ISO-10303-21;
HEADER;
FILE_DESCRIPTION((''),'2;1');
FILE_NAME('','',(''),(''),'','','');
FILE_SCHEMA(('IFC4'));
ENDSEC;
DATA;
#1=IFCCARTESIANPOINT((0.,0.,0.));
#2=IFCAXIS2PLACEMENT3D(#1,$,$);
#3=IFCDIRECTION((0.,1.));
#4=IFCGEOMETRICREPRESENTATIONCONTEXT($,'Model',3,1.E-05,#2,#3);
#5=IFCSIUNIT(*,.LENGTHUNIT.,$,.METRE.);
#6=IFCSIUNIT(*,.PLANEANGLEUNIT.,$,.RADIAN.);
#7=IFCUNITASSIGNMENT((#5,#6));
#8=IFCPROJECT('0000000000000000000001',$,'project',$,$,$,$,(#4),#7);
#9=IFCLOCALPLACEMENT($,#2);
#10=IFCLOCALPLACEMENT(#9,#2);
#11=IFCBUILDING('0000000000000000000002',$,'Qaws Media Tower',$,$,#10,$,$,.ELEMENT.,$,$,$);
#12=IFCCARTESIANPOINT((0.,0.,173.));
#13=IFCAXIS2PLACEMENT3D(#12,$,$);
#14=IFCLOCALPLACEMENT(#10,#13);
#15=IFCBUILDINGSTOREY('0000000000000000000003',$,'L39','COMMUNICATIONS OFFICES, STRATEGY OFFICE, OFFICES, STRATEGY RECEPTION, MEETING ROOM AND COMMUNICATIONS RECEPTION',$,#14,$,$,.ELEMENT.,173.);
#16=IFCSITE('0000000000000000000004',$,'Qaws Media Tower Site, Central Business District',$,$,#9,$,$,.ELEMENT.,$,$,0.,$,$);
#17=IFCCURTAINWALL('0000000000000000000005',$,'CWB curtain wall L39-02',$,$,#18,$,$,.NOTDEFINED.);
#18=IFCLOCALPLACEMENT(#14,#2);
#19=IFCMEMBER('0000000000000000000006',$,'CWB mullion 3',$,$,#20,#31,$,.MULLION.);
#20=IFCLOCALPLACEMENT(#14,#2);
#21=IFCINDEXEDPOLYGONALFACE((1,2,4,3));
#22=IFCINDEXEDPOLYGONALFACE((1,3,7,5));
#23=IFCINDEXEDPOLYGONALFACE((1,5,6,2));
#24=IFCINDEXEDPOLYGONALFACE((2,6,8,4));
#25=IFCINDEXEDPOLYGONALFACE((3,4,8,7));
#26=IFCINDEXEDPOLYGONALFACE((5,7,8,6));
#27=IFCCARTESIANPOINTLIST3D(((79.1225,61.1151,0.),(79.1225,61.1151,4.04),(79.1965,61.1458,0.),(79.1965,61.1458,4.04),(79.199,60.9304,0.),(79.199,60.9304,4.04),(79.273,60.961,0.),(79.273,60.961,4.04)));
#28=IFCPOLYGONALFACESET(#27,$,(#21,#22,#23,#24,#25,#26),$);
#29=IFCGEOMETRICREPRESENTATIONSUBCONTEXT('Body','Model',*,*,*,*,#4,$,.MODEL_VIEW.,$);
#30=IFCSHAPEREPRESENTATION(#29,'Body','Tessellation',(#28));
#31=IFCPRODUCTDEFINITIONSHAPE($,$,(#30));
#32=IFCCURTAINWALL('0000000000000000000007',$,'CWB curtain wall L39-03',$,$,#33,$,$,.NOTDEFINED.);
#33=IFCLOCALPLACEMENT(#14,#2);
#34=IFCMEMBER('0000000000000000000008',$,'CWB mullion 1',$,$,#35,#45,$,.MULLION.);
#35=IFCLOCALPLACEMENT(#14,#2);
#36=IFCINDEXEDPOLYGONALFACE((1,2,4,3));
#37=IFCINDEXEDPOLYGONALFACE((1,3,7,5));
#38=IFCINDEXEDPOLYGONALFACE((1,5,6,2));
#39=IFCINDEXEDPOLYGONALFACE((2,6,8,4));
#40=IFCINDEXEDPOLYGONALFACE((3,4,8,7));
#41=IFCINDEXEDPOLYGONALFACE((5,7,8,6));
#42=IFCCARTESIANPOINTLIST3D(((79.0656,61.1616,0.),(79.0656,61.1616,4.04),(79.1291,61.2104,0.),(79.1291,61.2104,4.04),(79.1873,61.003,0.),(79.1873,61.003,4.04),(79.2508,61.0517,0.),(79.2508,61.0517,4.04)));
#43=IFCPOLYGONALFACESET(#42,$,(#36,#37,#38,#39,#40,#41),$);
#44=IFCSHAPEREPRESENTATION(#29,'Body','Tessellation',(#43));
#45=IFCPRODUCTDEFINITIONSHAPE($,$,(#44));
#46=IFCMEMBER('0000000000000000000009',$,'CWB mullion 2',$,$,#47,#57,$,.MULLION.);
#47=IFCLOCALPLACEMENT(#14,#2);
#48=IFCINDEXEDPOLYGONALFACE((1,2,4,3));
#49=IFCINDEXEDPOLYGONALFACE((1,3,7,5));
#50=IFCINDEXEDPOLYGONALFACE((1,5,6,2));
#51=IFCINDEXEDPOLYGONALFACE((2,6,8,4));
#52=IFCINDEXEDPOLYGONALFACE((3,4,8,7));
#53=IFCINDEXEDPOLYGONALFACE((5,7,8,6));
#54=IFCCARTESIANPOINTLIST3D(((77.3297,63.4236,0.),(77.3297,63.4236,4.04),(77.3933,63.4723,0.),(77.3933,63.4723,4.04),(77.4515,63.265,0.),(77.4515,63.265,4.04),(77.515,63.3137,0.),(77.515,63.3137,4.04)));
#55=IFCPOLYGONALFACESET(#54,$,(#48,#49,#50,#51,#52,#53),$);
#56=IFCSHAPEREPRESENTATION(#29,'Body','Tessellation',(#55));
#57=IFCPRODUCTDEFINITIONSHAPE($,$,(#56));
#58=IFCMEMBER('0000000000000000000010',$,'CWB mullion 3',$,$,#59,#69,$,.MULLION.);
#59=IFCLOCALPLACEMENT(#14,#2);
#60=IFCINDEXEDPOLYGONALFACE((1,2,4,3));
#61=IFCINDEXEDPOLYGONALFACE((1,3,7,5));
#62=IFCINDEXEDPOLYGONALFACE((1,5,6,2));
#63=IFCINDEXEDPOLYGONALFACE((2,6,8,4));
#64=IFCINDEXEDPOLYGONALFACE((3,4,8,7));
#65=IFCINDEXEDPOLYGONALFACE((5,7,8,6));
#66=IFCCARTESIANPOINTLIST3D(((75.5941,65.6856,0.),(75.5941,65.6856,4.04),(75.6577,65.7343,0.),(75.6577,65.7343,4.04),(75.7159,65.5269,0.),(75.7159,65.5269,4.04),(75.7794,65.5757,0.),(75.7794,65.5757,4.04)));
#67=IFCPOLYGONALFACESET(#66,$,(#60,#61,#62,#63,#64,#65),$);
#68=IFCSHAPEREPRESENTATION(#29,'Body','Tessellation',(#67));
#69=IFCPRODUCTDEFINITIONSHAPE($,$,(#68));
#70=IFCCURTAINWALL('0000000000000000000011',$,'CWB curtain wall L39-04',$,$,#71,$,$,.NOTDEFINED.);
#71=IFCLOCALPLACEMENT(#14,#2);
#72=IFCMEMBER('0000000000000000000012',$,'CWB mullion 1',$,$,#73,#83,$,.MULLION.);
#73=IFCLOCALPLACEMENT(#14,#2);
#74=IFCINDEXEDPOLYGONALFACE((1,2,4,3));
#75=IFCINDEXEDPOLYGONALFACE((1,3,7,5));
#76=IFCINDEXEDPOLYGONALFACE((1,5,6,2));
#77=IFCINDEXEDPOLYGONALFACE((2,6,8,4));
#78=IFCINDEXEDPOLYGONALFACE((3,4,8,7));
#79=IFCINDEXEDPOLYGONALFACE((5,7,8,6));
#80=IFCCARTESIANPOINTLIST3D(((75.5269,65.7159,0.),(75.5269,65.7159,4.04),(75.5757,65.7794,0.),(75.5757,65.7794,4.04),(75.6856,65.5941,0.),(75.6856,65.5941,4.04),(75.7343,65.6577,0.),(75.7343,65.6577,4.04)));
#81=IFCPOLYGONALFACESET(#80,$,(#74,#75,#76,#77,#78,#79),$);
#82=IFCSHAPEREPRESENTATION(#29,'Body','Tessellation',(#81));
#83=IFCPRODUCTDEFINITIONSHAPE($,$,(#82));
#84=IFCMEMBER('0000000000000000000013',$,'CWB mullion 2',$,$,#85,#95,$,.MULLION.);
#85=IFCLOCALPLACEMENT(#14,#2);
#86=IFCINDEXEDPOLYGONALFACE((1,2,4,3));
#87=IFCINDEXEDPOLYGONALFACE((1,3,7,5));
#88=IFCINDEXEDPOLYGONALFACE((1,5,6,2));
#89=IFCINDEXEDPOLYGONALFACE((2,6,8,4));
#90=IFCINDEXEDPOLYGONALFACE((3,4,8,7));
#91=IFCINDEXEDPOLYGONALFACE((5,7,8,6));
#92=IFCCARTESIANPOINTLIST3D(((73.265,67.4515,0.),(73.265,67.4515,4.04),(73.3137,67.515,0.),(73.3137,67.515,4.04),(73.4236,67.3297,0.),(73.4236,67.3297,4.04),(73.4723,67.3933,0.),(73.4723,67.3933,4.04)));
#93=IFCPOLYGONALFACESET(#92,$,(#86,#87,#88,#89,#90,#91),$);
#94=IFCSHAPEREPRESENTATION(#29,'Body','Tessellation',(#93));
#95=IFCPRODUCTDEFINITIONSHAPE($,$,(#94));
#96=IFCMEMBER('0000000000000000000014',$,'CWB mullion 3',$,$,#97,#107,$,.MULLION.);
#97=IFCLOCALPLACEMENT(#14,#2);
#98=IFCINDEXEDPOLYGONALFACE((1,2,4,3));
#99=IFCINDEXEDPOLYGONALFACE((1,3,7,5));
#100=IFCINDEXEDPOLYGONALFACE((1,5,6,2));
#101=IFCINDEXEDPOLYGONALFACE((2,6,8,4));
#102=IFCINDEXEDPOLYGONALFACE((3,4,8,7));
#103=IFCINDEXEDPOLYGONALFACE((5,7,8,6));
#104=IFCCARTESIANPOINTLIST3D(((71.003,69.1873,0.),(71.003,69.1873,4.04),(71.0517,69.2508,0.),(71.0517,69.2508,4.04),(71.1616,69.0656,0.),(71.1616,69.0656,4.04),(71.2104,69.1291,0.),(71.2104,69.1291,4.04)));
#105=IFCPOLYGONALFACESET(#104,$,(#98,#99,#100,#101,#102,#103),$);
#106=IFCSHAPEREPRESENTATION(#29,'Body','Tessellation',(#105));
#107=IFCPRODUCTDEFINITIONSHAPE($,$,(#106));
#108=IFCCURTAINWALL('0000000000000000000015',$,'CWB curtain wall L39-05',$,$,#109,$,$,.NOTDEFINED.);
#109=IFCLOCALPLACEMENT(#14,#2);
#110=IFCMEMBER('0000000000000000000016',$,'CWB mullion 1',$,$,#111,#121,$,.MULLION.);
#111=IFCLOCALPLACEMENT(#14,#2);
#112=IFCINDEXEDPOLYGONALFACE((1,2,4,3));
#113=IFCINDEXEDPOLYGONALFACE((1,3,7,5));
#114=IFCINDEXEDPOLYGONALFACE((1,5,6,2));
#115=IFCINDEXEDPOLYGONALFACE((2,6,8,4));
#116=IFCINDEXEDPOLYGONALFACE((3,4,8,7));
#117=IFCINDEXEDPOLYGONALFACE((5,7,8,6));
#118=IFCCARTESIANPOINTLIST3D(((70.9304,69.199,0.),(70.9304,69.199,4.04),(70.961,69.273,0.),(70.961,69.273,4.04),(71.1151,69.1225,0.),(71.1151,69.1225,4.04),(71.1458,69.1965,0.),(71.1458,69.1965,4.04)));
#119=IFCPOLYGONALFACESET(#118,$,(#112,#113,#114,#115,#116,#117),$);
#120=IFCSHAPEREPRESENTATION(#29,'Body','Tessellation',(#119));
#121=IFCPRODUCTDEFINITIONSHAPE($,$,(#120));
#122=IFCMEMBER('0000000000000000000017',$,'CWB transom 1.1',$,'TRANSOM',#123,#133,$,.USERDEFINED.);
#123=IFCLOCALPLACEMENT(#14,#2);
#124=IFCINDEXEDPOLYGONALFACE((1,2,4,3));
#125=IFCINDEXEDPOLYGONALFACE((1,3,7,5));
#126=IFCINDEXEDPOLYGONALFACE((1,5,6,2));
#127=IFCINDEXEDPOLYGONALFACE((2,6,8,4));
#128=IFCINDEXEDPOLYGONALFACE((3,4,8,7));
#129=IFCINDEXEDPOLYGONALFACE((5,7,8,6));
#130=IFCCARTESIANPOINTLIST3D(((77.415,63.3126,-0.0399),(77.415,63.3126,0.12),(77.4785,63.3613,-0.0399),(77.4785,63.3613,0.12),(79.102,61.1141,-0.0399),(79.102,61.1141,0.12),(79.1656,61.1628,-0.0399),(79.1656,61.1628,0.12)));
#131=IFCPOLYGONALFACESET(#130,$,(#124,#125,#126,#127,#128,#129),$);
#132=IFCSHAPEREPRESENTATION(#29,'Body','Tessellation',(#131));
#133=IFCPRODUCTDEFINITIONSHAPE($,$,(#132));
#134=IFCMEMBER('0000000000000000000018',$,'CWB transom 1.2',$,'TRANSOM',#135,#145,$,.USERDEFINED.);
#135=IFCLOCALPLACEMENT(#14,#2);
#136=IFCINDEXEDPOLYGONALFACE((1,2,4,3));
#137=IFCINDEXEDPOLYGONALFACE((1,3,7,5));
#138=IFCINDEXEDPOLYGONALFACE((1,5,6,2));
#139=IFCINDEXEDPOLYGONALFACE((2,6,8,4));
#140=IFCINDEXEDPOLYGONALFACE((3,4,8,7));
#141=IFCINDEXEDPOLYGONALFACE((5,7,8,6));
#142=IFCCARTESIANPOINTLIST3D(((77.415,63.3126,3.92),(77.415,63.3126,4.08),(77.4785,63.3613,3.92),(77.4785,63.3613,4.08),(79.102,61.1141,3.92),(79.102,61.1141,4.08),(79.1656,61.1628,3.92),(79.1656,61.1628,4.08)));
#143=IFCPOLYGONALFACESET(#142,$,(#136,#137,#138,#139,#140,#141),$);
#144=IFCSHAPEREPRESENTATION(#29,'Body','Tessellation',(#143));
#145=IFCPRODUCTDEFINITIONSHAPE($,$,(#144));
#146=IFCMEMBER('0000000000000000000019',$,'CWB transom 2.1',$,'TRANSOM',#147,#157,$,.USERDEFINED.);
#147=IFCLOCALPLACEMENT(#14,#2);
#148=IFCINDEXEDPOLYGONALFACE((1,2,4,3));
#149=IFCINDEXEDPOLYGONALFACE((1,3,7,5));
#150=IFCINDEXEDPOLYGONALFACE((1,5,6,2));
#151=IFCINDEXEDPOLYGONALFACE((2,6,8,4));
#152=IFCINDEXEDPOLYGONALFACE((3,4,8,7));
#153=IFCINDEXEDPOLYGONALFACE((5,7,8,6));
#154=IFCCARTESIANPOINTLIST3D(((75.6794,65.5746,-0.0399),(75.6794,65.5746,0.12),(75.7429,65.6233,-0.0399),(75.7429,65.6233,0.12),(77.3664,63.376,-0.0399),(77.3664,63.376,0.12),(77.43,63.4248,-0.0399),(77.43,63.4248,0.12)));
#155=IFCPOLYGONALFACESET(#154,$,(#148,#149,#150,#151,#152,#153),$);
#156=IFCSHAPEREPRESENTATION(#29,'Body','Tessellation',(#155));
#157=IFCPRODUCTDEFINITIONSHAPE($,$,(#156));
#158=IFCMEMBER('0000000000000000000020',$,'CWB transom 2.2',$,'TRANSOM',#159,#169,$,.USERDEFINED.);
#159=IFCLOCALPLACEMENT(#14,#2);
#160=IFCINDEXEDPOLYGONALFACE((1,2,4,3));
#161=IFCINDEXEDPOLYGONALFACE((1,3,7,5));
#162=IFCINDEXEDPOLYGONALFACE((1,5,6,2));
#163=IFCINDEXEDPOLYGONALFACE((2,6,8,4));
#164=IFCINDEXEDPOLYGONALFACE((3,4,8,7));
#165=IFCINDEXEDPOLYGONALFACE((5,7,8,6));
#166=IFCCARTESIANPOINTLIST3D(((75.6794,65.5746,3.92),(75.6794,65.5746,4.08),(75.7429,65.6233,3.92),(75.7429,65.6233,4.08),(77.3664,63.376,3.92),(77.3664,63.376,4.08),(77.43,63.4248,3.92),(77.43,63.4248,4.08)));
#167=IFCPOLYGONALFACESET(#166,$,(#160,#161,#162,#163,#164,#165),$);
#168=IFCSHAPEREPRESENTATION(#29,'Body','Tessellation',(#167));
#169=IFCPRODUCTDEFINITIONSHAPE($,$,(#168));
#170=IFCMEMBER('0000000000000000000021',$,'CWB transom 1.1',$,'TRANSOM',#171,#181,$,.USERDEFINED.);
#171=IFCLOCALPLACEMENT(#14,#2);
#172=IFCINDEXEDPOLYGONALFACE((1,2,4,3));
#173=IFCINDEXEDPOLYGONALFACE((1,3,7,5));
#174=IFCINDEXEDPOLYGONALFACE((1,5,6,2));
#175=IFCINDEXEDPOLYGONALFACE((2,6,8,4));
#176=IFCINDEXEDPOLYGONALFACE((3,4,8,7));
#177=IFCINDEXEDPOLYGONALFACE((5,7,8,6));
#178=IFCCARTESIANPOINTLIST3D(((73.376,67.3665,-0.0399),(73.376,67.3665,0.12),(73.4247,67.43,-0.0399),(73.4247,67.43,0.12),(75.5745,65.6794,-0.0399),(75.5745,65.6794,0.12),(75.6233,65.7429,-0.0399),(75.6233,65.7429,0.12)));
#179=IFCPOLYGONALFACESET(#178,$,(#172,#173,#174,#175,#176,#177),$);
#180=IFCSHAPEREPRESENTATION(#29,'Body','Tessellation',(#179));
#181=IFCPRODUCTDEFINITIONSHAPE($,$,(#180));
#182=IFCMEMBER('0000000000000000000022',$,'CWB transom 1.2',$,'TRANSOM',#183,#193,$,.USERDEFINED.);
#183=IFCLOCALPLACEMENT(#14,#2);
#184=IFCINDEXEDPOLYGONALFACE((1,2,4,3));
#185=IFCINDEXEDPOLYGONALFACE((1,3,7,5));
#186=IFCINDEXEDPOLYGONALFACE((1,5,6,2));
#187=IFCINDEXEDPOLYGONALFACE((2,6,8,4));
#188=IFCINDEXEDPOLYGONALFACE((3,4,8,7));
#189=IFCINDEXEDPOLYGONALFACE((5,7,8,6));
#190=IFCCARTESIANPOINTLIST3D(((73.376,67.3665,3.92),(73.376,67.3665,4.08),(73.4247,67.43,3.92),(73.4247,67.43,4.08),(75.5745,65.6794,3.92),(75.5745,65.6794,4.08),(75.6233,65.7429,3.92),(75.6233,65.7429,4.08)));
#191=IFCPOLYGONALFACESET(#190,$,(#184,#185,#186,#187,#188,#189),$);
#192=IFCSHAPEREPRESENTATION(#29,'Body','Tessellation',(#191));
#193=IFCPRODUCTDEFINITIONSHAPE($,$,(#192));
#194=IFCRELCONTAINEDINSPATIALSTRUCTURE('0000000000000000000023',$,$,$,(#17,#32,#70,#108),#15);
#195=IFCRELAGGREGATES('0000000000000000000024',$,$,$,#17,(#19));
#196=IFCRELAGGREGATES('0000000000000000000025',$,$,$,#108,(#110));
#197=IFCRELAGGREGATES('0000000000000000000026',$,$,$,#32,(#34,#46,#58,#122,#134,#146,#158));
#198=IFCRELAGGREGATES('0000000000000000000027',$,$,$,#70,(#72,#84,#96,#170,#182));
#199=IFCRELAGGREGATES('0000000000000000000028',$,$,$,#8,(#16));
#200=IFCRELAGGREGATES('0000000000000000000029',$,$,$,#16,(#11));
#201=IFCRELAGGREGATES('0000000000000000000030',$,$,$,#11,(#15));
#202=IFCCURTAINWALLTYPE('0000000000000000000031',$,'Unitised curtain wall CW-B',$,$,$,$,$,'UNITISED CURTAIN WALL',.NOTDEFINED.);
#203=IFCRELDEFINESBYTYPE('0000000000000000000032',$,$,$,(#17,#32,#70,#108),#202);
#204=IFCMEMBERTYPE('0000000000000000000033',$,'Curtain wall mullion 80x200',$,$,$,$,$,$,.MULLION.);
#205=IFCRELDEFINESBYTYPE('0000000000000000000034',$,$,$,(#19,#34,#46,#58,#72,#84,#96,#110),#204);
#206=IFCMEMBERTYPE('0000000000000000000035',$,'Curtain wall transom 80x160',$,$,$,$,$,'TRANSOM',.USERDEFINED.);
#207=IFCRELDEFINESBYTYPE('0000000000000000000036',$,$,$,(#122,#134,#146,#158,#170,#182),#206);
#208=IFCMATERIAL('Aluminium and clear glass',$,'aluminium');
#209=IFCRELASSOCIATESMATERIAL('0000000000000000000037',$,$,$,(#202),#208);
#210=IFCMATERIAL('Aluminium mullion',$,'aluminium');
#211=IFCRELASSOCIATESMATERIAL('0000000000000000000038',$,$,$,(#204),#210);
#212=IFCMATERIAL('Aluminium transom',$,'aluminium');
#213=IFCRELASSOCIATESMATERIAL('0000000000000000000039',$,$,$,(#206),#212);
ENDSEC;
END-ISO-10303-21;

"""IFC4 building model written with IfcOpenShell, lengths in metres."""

from ifc_helpers import new_model, si_unit, direction, frame, origin, origin_2d, place, context, subcontext, project, spatial, rectangle, extrude, material, material_profile, profile_set, type_object, element, aggregate, save


model = new_model("IFC4")

# Units and contexts
model_context = context("Model", 3, precision=1e-05, world=origin(), true_north=direction((0.0, 1.0)))
body_context = subcontext(model_context, "Body", "Model", "MODEL_VIEW")
ifc_project = project(units=[si_unit("LENGTHUNIT", "METRE"), si_unit("PLANEANGLEUNIT", "RADIAN")], contexts=[model_context])

# Site, building, storey
site_placement = place(None, origin())
site = spatial("IfcSite", under=ifc_project, at=site_placement, Name="Qaws Media Tower Site, Central Business District", CompositionType="ELEMENT", RefElevation=0.0)
building_placement = place(site_placement, origin())
building = spatial("IfcBuilding", under=site, at=building_placement, Name="Qaws Media Tower", CompositionType="ELEMENT")
storey_placement = place(building_placement, frame((0.0, 0.0, 173.0)))
storey = spatial("IfcBuildingStorey", under=building, at=storey_placement, Name="L39", Description="COMMUNICATIONS OFFICES, STRATEGY OFFICE, OFFICES, STRATEGY RECEPTION, MEETING ROOM AND COMMUNICATIONS RECEPTION", CompositionType="ELEMENT", Elevation=173.0)

# Curtain wall, member
ifc_material_1 = material(Name="Aluminium and clear glass", Category="aluminium")
curtain_wall_type = type_object("IfcCurtainWallType", Name="Unitised curtain wall CW-B", ElementType="UNITISED CURTAIN WALL", PredefinedType="NOTDEFINED", material=ifc_material_1)
curtain_wall_1_placement = place(storey_placement, origin())
curtain_wall_1 = element("IfcCurtainWall", 1, at=curtain_wall_1_placement, inside=storey, type_object=curtain_wall_type, Name="CWB curtain wall L39-02", PredefinedType="NOTDEFINED")
ifc_material_2 = material(Name="Aluminium mullion", Category="aluminium")
ifc_material_profile_1 = material_profile(ifc_material_2, rectangle(XDim=0.0801, YDim=0.2, at=origin_2d()), Name="80x200")
ifc_profile_set_1 = profile_set([ifc_material_profile_1], Name="Aluminium mullion")
member_type_1 = type_object("IfcMemberType", Name="Curtain wall mullion 80x200", PredefinedType="MULLION", material=ifc_profile_set_1)
member_1_placement = place(storey_placement, frame((79.1978, 61.0381, 0.0), z_axis=(0.0, 0.0, 1.0), x_axis=(-0.92388, -0.382683, 0.0)))
member_1 = element("IfcMember", 2, at=member_1_placement, type_object=member_type_1, Name="CWB mullion 3", PredefinedType="MULLION", context=body_context, shape_type="SweptSolid", body=[
    extrude(rectangle(XDim=0.0801, YDim=0.2, at=origin_2d()), origin(), (0.0, 0.0, 1.0), 4.04),
])
aggregate(curtain_wall_1, [member_1])

# Curtain walls, members
curtain_wall_2_placement = place(storey_placement, origin())
curtain_wall_2 = element("IfcCurtainWall", 3, at=curtain_wall_2_placement, inside=storey, type_object=curtain_wall_type, Name="CWB curtain wall L39-03", PredefinedType="NOTDEFINED")
member_2_placement = place(storey_placement, frame((79.1582, 61.1067, 0.0), z_axis=(0.0, 0.0, 1.0), x_axis=(-0.793353, -0.608762, 0.0)))
member_2 = element("IfcMember", 4, at=member_2_placement, type_object=member_type_1, Name="CWB mullion 1", PredefinedType="MULLION", context=body_context, shape_type="SweptSolid", body=[
    extrude(rectangle(XDim=0.0801, YDim=0.2, at=origin_2d()), origin(), (0.0, 0.0, 1.0), 4.04),
])
member_3_placement = place(storey_placement, frame((77.4224, 63.3687, 0.0), z_axis=(0.0, 0.0, 1.0), x_axis=(-0.793353, -0.608762, 0.0)))
member_3 = element("IfcMember", 5, at=member_3_placement, type_object=member_type_1, Name="CWB mullion 2", PredefinedType="MULLION", context=body_context, shape_type="SweptSolid", body=[
    extrude(rectangle(XDim=0.0801, YDim=0.2, at=origin_2d()), origin(), (0.0, 0.0, 1.0), 4.04),
])
member_4_placement = place(storey_placement, frame((75.6868, 65.6306, 0.0), z_axis=(0.0, 0.0, 1.0), x_axis=(-0.793353, -0.608762, 0.0)))
member_4 = element("IfcMember", 6, at=member_4_placement, type_object=member_type_1, Name="CWB mullion 3", PredefinedType="MULLION", context=body_context, shape_type="SweptSolid", body=[
    extrude(rectangle(XDim=0.0801, YDim=0.2, at=origin_2d()), origin(), (0.0, 0.0, 1.0), 4.04),
])
curtain_wall_3_placement = place(storey_placement, origin())
curtain_wall_3 = element("IfcCurtainWall", 7, at=curtain_wall_3_placement, inside=storey, type_object=curtain_wall_type, Name="CWB curtain wall L39-04", PredefinedType="NOTDEFINED")
member_5_placement = place(storey_placement, frame((75.6306, 65.6868, 0.0), z_axis=(0.0, 0.0, 1.0), x_axis=(-0.608762, -0.793353, 0.0)))
member_5 = element("IfcMember", 8, at=member_5_placement, type_object=member_type_1, Name="CWB mullion 1", PredefinedType="MULLION", context=body_context, shape_type="SweptSolid", body=[
    extrude(rectangle(XDim=0.0801, YDim=0.2, at=origin_2d()), origin(), (0.0, 0.0, 1.0), 4.04),
])
member_6_placement = place(storey_placement, frame((73.3687, 67.4224, 0.0), z_axis=(0.0, 0.0, 1.0), x_axis=(-0.608762, -0.793353, 0.0)))
member_6 = element("IfcMember", 9, at=member_6_placement, type_object=member_type_1, Name="CWB mullion 2", PredefinedType="MULLION", context=body_context, shape_type="SweptSolid", body=[
    extrude(rectangle(XDim=0.0801, YDim=0.2, at=origin_2d()), origin(), (0.0, 0.0, 1.0), 4.04),
])
member_7_placement = place(storey_placement, frame((71.1067, 69.1582, 0.0), z_axis=(0.0, 0.0, 1.0), x_axis=(-0.608762, -0.793353, 0.0)))
member_7 = element("IfcMember", 10, at=member_7_placement, type_object=member_type_1, Name="CWB mullion 3", PredefinedType="MULLION", context=body_context, shape_type="SweptSolid", body=[
    extrude(rectangle(XDim=0.0801, YDim=0.2, at=origin_2d()), origin(), (0.0, 0.0, 1.0), 4.04),
])

# Curtain wall, member
curtain_wall_4_placement = place(storey_placement, origin())
curtain_wall_4 = element("IfcCurtainWall", 11, at=curtain_wall_4_placement, inside=storey, type_object=curtain_wall_type, Name="CWB curtain wall L39-05", PredefinedType="NOTDEFINED")
member_8_placement = place(storey_placement, frame((71.0381, 69.1978, 0.0), z_axis=(0.0, 0.0, 1.0), x_axis=(-0.382683, -0.92388, 0.0)))
member_8 = element("IfcMember", 12, at=member_8_placement, type_object=member_type_1, Name="CWB mullion 1", PredefinedType="MULLION", context=body_context, shape_type="SweptSolid", body=[
    extrude(rectangle(XDim=0.0801, YDim=0.2, at=origin_2d()), origin(), (0.0, 0.0, 1.0), 4.04),
])
aggregate(curtain_wall_4, [member_8])

# Members
ifc_material_3 = material(Name="Aluminium transom", Category="aluminium")
ifc_material_profile_2 = material_profile(ifc_material_3, rectangle(XDim=0.0801, YDim=0.1599, at=origin_2d()), Name="80x160")
ifc_profile_set_2 = profile_set([ifc_material_profile_2], Name="Aluminium transom")
member_type_2 = type_object("IfcMemberType", Name="Curtain wall transom 80x160", ElementType="TRANSOM", PredefinedType="USERDEFINED", material=ifc_profile_set_2)
member_9_placement = place(storey_placement, frame((79.1338, 61.1384, 0.04), z_axis=(-0.608774, 0.793344, 0.0), x_axis=(-0.793344, -0.608774, 0.0)))
member_9 = element("IfcMember", 13, at=member_9_placement, type_object=member_type_2, Name="CWB transom 1.1", ObjectType="TRANSOM", PredefinedType="USERDEFINED", context=body_context, shape_type="SweptSolid", body=[
    extrude(rectangle(XDim=0.0801, YDim=0.1599, at=origin_2d()), origin(), (0.0, 0.0, 1.0), 2.7712),
])
member_10_placement = place(storey_placement, frame((79.1338, 61.1384, 4.0), z_axis=(-0.608774, 0.793344, 0.0), x_axis=(-0.793344, -0.608774, 0.0)))
member_10 = element("IfcMember", 14, at=member_10_placement, type_object=member_type_2, Name="CWB transom 1.2", ObjectType="TRANSOM", PredefinedType="USERDEFINED", context=body_context, shape_type="SweptSolid", body=[
    extrude(rectangle(XDim=0.0801, YDim=0.1599, at=origin_2d()), origin(), (0.0, 0.0, 1.0), 2.7712),
])
member_11_placement = place(storey_placement, frame((77.3982, 63.4004, 0.04), z_axis=(-0.608774, 0.793344, 0.0), x_axis=(-0.793344, -0.608774, 0.0)))
member_11 = element("IfcMember", 15, at=member_11_placement, type_object=member_type_2, Name="CWB transom 2.1", ObjectType="TRANSOM", PredefinedType="USERDEFINED", context=body_context, shape_type="SweptSolid", body=[
    extrude(rectangle(XDim=0.0801, YDim=0.1599, at=origin_2d()), origin(), (0.0, 0.0, 1.0), 2.7712),
])
member_12_placement = place(storey_placement, frame((77.3982, 63.4004, 4.0), z_axis=(-0.608774, 0.793344, 0.0), x_axis=(-0.793344, -0.608774, 0.0)))
member_12 = element("IfcMember", 16, at=member_12_placement, type_object=member_type_2, Name="CWB transom 2.2", ObjectType="TRANSOM", PredefinedType="USERDEFINED", context=body_context, shape_type="SweptSolid", body=[
    extrude(rectangle(XDim=0.0801, YDim=0.1599, at=origin_2d()), origin(), (0.0, 0.0, 1.0), 2.7712),
])
member_13_placement = place(storey_placement, frame((75.5989, 65.7112, 0.04), z_axis=(-0.793344, 0.608774, 0.0), x_axis=(-0.608774, -0.793344, 0.0)))
member_13 = element("IfcMember", 17, at=member_13_placement, type_object=member_type_2, Name="CWB transom 1.1", ObjectType="TRANSOM", PredefinedType="USERDEFINED", context=body_context, shape_type="SweptSolid", body=[
    extrude(rectangle(XDim=0.0801, YDim=0.1599, at=origin_2d()), origin(), (0.0, 0.0, 1.0), 2.7712),
])
member_14_placement = place(storey_placement, frame((75.5989, 65.7112, 4.0), z_axis=(-0.793344, 0.608774, 0.0), x_axis=(-0.608774, -0.793344, 0.0)))
member_14 = element("IfcMember", 18, at=member_14_placement, type_object=member_type_2, Name="CWB transom 1.2", ObjectType="TRANSOM", PredefinedType="USERDEFINED", context=body_context, shape_type="SweptSolid", body=[
    extrude(rectangle(XDim=0.0801, YDim=0.1599, at=origin_2d()), origin(), (0.0, 0.0, 1.0), 2.7712),
])

aggregate(curtain_wall_2, [member_2, member_3, member_4, member_9, member_10, member_11, member_12])
aggregate(curtain_wall_3, [member_5, member_6, member_7, member_13, member_14])

save(model, "model.ifc")
